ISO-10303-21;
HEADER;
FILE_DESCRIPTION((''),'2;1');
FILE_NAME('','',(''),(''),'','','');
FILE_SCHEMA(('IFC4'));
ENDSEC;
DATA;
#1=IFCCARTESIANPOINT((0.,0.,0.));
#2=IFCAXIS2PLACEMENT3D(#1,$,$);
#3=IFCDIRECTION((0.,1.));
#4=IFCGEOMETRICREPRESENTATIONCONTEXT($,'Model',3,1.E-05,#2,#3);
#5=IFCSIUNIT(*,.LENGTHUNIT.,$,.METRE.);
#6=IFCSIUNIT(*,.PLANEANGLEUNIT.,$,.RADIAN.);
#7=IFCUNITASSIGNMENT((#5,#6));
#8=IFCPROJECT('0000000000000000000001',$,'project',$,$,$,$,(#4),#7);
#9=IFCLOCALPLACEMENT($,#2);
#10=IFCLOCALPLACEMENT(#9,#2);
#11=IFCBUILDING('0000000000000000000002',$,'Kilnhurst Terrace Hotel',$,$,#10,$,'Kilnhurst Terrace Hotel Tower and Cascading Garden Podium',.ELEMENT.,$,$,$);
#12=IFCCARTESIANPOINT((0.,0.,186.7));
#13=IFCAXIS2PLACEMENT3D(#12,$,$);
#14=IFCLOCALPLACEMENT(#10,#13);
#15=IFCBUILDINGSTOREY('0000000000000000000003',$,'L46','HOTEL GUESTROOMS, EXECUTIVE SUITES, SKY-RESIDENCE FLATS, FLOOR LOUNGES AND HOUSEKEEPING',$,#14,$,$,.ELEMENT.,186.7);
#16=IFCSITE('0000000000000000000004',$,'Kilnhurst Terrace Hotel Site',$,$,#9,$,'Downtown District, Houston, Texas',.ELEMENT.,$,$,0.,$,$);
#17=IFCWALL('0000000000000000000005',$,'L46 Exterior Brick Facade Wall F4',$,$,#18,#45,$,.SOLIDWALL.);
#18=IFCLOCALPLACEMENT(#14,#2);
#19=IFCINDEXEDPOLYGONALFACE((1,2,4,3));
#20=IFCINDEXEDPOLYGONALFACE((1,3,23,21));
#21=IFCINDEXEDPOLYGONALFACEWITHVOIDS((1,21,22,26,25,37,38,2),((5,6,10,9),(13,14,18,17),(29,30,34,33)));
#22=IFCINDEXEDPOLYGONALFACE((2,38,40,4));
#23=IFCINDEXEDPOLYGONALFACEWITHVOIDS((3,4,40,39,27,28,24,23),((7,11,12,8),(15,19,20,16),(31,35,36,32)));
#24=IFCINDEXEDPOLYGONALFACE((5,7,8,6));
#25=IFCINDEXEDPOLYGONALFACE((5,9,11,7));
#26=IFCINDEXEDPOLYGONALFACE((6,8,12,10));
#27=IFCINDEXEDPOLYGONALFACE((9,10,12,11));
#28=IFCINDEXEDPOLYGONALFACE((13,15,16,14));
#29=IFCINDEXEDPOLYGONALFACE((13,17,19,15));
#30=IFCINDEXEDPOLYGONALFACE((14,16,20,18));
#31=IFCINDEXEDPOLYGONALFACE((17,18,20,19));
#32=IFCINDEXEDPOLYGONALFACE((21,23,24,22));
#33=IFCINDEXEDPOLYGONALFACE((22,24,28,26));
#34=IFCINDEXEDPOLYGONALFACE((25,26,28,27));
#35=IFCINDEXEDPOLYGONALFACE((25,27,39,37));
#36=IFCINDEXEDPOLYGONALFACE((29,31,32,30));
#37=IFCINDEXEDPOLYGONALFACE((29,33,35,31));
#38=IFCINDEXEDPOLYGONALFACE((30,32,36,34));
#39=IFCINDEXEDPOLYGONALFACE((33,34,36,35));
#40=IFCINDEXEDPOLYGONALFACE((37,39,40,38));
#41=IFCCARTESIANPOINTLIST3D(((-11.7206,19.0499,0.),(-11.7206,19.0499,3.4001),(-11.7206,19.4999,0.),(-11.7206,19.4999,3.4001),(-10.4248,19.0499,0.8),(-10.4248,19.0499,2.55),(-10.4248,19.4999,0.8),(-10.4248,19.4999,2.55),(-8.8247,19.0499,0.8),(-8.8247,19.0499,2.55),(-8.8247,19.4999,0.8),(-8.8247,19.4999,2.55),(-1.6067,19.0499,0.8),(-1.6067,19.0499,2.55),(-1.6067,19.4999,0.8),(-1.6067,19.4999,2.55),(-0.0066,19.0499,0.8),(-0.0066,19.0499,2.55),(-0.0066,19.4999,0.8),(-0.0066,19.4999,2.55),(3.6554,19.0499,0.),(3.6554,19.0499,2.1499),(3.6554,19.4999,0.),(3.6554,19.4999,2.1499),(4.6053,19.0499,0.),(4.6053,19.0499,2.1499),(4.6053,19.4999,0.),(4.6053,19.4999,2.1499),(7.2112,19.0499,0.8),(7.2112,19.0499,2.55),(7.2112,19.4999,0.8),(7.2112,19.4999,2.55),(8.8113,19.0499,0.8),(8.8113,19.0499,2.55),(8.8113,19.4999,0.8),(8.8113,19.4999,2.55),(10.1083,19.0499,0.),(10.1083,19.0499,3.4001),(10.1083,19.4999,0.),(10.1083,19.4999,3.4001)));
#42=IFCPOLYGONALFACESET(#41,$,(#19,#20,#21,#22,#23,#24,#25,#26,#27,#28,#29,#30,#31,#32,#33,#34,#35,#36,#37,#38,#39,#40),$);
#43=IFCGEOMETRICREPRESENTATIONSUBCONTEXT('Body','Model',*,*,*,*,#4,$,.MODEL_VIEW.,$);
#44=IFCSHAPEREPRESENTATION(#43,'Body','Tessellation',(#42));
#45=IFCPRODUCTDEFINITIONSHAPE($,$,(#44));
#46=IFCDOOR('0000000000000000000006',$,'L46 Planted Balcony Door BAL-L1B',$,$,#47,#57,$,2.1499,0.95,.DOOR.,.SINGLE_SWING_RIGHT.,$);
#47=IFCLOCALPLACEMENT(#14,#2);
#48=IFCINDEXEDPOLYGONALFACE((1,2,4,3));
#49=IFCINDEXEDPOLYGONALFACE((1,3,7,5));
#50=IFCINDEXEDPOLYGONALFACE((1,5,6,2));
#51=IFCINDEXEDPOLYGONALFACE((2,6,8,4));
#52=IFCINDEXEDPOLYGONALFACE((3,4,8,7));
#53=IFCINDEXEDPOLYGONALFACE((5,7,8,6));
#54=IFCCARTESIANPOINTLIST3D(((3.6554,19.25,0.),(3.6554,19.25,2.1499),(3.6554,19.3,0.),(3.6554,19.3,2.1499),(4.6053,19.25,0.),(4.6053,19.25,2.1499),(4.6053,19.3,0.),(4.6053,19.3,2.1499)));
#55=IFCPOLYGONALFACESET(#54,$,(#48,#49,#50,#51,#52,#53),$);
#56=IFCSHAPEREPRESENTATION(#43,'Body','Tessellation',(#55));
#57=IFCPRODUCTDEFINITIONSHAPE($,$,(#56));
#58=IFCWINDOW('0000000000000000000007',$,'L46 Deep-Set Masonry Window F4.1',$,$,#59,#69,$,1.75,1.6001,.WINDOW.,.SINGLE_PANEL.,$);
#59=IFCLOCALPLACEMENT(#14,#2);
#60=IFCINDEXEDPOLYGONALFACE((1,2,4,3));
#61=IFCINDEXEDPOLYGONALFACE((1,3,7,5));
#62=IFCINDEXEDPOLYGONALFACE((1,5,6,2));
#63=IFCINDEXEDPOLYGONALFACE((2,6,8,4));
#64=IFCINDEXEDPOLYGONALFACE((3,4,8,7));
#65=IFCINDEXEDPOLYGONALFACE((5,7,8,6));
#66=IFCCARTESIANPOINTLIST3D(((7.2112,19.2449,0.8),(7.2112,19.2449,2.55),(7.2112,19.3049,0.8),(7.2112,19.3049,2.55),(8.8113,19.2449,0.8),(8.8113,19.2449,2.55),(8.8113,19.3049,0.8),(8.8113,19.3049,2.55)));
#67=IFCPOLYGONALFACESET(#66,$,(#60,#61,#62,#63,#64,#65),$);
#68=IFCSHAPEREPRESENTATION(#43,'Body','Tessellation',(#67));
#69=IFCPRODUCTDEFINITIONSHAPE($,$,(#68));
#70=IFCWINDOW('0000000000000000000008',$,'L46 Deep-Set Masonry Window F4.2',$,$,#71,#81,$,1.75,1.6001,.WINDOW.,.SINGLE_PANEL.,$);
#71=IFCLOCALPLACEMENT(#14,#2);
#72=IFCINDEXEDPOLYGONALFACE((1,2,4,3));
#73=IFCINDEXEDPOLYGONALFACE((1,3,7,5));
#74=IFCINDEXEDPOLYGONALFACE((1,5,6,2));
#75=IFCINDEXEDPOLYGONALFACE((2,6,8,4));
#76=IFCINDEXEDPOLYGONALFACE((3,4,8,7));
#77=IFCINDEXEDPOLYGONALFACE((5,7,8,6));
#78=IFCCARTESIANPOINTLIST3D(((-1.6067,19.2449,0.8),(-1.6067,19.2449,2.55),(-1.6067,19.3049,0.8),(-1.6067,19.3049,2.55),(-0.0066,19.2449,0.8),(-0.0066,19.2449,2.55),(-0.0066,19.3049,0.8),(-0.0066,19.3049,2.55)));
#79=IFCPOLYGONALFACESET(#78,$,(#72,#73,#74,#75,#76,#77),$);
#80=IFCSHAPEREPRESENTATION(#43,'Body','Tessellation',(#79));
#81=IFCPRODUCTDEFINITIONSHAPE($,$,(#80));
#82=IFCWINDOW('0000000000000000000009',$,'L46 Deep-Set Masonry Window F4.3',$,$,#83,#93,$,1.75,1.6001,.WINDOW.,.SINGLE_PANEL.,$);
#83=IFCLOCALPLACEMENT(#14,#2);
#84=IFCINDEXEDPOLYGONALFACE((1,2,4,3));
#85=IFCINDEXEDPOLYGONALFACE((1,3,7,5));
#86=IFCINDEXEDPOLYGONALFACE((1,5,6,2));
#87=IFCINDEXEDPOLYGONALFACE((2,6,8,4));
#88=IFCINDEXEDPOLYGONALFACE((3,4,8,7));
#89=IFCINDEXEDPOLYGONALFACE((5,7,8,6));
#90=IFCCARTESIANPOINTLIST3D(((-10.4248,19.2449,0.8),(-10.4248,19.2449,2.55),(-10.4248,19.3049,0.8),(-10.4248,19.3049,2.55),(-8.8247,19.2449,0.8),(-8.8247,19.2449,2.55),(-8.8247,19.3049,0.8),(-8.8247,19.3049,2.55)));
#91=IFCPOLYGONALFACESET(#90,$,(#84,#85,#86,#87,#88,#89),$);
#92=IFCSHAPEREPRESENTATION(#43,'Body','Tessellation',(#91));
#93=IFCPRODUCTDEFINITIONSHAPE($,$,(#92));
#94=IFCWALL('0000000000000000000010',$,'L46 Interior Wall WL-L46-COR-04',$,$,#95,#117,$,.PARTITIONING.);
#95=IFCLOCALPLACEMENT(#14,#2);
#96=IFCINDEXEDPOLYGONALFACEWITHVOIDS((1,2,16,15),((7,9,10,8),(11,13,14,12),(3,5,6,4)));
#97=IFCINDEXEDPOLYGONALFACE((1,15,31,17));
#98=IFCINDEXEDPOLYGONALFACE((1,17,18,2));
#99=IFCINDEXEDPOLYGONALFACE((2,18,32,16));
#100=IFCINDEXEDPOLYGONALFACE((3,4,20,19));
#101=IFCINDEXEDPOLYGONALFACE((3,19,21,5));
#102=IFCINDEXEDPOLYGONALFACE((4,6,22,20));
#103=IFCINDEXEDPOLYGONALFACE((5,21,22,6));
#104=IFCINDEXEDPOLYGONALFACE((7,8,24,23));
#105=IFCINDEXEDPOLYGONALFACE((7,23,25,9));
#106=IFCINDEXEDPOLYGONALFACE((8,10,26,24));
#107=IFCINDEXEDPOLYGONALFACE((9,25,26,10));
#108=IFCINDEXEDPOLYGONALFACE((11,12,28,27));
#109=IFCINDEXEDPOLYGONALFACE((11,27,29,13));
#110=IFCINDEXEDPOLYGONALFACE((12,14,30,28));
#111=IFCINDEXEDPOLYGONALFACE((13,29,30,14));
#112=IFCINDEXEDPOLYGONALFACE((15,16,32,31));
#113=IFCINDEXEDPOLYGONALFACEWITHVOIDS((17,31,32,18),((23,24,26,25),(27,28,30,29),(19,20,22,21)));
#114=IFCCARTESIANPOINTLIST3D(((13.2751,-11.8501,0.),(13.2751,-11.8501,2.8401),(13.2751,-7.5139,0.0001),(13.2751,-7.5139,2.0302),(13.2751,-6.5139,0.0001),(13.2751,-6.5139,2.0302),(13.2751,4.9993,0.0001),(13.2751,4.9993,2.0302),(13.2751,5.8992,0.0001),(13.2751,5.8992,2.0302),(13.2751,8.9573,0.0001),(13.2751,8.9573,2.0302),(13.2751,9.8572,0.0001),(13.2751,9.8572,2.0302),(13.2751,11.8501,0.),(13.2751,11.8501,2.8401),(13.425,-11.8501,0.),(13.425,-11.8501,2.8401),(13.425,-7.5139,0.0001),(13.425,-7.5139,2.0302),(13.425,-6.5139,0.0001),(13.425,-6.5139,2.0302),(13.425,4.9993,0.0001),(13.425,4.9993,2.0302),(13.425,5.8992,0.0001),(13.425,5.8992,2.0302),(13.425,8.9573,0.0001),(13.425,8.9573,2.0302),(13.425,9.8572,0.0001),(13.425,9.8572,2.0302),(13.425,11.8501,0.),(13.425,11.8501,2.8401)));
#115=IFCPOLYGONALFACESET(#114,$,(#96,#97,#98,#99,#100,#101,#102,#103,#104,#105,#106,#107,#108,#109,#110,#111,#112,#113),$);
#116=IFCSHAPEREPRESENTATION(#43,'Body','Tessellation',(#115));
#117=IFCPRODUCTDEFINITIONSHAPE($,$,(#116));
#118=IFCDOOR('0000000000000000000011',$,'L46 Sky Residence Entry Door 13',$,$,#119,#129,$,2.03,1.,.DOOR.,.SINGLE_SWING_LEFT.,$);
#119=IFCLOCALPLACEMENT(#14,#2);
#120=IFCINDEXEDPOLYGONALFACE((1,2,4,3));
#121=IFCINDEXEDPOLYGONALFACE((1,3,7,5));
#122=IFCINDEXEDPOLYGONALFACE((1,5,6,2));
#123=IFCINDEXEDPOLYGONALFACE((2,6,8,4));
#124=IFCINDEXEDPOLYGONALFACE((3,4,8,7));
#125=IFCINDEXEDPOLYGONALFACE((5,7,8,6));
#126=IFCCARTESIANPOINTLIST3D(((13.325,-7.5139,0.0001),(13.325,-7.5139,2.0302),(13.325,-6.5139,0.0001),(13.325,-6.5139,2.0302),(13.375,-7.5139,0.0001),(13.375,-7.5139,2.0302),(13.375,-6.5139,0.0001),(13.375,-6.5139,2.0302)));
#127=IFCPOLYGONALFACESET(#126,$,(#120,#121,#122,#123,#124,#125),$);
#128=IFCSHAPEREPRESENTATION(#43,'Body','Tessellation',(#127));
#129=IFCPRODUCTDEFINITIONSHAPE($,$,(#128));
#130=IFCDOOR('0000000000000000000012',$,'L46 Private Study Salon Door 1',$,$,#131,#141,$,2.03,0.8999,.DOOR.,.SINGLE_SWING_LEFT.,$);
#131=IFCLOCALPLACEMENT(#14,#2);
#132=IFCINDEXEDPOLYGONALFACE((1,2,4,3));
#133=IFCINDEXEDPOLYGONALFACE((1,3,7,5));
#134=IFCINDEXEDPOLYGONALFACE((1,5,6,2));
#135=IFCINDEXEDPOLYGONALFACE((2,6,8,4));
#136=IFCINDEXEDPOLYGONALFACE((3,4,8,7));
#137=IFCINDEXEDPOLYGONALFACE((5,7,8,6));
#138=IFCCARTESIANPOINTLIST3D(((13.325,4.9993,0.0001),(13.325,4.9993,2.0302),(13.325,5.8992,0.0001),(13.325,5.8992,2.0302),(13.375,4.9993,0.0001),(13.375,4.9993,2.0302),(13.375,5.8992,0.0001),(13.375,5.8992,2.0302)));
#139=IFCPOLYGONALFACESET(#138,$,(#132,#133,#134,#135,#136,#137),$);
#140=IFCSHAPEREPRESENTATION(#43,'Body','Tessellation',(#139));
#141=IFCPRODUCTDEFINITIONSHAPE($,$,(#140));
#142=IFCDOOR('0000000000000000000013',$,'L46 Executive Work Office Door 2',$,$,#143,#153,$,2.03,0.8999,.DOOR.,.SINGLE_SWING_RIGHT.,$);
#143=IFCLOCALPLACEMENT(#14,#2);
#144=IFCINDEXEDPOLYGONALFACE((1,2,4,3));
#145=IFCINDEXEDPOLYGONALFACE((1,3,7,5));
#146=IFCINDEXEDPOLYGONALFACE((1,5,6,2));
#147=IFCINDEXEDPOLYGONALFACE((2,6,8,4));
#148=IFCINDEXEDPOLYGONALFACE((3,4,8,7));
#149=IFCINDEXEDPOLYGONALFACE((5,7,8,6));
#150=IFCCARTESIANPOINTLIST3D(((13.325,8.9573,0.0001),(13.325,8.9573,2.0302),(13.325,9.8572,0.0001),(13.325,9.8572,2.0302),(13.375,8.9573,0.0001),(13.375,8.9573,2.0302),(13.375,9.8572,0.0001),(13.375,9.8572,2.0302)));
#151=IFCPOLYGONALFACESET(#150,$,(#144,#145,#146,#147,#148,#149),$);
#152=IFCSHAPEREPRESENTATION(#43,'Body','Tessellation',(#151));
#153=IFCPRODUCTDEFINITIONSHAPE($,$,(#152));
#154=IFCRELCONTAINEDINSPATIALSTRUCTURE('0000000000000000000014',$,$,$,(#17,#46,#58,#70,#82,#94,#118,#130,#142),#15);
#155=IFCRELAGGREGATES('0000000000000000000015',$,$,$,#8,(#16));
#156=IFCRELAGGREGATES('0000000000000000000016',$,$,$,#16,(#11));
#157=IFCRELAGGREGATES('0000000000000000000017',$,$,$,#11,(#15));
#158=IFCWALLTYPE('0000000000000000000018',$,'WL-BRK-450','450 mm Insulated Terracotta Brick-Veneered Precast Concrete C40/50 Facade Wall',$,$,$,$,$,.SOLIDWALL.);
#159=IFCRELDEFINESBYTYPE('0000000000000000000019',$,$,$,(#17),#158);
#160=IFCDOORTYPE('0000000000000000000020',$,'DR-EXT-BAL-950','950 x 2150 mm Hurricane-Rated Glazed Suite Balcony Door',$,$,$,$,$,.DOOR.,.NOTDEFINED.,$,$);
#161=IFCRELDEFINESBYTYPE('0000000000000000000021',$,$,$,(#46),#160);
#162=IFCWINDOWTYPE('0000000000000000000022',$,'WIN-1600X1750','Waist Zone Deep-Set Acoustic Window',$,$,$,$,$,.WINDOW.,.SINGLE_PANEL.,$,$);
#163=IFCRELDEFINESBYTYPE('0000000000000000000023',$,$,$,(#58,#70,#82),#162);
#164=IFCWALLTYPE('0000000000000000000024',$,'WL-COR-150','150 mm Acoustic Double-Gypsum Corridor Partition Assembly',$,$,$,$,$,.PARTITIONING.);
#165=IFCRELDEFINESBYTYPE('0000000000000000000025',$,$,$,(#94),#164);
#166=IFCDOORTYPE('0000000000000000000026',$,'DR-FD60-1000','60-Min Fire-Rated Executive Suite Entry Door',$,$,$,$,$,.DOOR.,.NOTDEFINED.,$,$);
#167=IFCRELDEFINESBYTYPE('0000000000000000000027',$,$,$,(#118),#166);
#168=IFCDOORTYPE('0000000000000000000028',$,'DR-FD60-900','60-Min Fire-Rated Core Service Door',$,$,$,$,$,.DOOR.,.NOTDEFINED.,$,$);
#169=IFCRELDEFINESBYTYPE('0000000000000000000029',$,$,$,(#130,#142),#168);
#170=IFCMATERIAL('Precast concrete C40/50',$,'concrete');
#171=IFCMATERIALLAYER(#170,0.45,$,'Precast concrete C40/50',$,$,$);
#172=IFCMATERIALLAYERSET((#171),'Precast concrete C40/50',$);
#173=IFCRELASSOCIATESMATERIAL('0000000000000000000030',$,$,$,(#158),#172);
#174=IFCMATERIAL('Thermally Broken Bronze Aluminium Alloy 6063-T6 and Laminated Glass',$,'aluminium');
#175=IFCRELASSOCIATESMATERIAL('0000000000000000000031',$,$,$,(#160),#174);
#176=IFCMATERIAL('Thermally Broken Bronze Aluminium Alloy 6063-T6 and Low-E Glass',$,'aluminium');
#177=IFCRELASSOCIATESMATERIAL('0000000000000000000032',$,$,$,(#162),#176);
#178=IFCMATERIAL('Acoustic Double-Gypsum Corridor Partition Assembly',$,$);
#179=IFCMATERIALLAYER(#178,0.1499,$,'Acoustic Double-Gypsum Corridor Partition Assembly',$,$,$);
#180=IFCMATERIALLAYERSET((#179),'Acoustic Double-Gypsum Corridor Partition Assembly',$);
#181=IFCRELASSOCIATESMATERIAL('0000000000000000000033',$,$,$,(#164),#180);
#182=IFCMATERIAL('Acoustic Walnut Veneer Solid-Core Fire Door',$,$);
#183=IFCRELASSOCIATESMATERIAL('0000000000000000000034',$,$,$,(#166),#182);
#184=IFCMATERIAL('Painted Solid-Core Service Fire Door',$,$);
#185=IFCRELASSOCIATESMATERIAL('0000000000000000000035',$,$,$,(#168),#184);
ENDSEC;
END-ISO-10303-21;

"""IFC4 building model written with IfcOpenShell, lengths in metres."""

from ifc_helpers import new_model, si_unit, direction, frame, frame_2d, origin, place, context, subcontext, project, spatial, rectangle, extrude, material, layer, layer_set, type_object, element, fill, save


model = new_model("IFC4")

# Units and contexts
model_context = context("Model", 3, precision=1e-05, world=origin(), true_north=direction((0.0, 1.0)))
body_context = subcontext(model_context, "Body", "Model", "MODEL_VIEW")
ifc_project = project(units=[si_unit("LENGTHUNIT", "METRE"), si_unit("PLANEANGLEUNIT", "RADIAN")], contexts=[model_context])

# Site, building, storey
site_placement = place(None, origin())
site = spatial("IfcSite", under=ifc_project, at=site_placement, Name="Kilnhurst Terrace Hotel Site", LongName="Downtown District, Houston, Texas", CompositionType="ELEMENT", RefElevation=0.0)
building_placement = place(site_placement, origin())
building = spatial("IfcBuilding", under=site, at=building_placement, Name="Kilnhurst Terrace Hotel", LongName="Kilnhurst Terrace Hotel Tower and Cascading Garden Podium", CompositionType="ELEMENT")
storey_placement = place(building_placement, frame((0.0, 0.0, 186.7)))
storey = spatial("IfcBuildingStorey", under=building, at=storey_placement, Name="L46", Description="HOTEL GUESTROOMS, EXECUTIVE SUITES, SKY-RESIDENCE FLATS, FLOOR LOUNGES AND HOUSEKEEPING", CompositionType="ELEMENT", Elevation=186.7)

# Shared definitions
ifc_material_1 = material(Name="Precast concrete C40/50", Category="concrete")
ifc_layer_1 = layer(ifc_material_1, 0.45, Name="Precast concrete C40/50")
ifc_layer_set_1 = layer_set([ifc_layer_1], Name="Precast concrete C40/50")
wall_type_1 = type_object("IfcWallType", Name="WL-BRK-450", Description="450 mm Insulated Terracotta Brick-Veneered Precast Concrete C40/50 Facade Wall", PredefinedType="SOLIDWALL", material=ifc_layer_set_1)

# Wall, openings, door, windows
wall_1_placement = place(storey_placement, frame((10.1084, 19.2749, 0.0), z_axis=(0.0, 0.0, 1.0), x_axis=(-1.0, 0.0, 0.0)))
wall_1 = element("IfcWall", 1, at=wall_1_placement, inside=storey, type_object=wall_type_1, Name="L46 Exterior Brick Facade Wall F4", PredefinedType="SOLIDWALL", context=body_context, shape_type="SweptSolid", body=[
    extrude(rectangle(XDim=21.8289, YDim=0.45, at=frame_2d((10.9146, 0.0))), origin(), (0.0, 0.0, 1.0), 3.4001),
])
opening_1_placement = place(wall_1_placement, frame((5.5029, 0.0, 0.0)))
opening_1 = element("IfcOpeningElement", 2, at=opening_1_placement, cuts=wall_1, PredefinedType="OPENING", context=body_context, shape_type="SweptSolid", body=[
    extrude(rectangle(XDim=0.95, YDim=2.1499, at=frame_2d((0.4751, 1.075))), frame((0.0, 0.2349, 0.0), z_axis=(0.0, -1.0, 0.0), x_axis=(1.0, 0.0, 0.0)), (0.0, 0.0, 1.0), 0.47),
])
opening_2_placement = place(wall_1_placement, frame((1.2971, 0.0, 0.8)))
opening_2 = element("IfcOpeningElement", 3, at=opening_2_placement, cuts=wall_1, PredefinedType="OPENING", context=body_context, shape_type="SweptSolid", body=[
    extrude(rectangle(XDim=1.6001, YDim=1.75, at=frame_2d((0.8, 0.875))), frame((0.0, 0.2349, 0.0), z_axis=(0.0, -1.0, 0.0), x_axis=(1.0, 0.0, 0.0)), (0.0, 0.0, 1.0), 0.47),
])
opening_3_placement = place(wall_1_placement, frame((10.115, 0.0, 0.8)))
opening_3 = element("IfcOpeningElement", 4, at=opening_3_placement, cuts=wall_1, PredefinedType="OPENING", context=body_context, shape_type="SweptSolid", body=[
    extrude(rectangle(XDim=1.6001, YDim=1.75, at=frame_2d((0.8, 0.875))), frame((0.0, 0.2349, 0.0), z_axis=(0.0, -1.0, 0.0), x_axis=(1.0, 0.0, 0.0)), (0.0, 0.0, 1.0), 0.47),
])
opening_4_placement = place(wall_1_placement, frame((18.9331, 0.0, 0.8)))
opening_4 = element("IfcOpeningElement", 5, at=opening_4_placement, cuts=wall_1, PredefinedType="OPENING", context=body_context, shape_type="SweptSolid", body=[
    extrude(rectangle(XDim=1.6001, YDim=1.75, at=frame_2d((0.8, 0.875))), frame((0.0, 0.2349, 0.0), z_axis=(0.0, -1.0, 0.0), x_axis=(1.0, 0.0, 0.0)), (0.0, 0.0, 1.0), 0.47),
])
ifc_material_2 = material(Name="Thermally Broken Bronze Aluminium Alloy 6063-T6 and Laminated Glass", Category="aluminium")
door_type_1 = type_object("IfcDoorType", Name="DR-EXT-BAL-950", Description="950 x 2150 mm Hurricane-Rated Glazed Suite Balcony Door", OperationType="NOTDEFINED", PredefinedType="DOOR", material=ifc_material_2)
door_1_placement = place(opening_1_placement, origin())
door_1 = element("IfcDoor", 6, at=door_1_placement, inside=storey, type_object=door_type_1, Name="L46 Planted Balcony Door BAL-L1B", OperationType="SINGLE_SWING_RIGHT", OverallHeight=2.1499, OverallWidth=0.95, PredefinedType="DOOR", context=body_context, shape_type="SweptSolid", body=[
    extrude(rectangle(XDim=0.95, YDim=2.1499, at=frame_2d((0.4751, 1.075))), frame((0.0, 0.0249, 0.0), z_axis=(0.0, -1.0, 0.0), x_axis=(1.0, 0.0, 0.0)), (0.0, 0.0, 1.0), 0.05),
])
fill(opening_1, door_1)
ifc_material_3 = material(Name="Thermally Broken Bronze Aluminium Alloy 6063-T6 and Low-E Glass", Category="aluminium")
window_type = type_object("IfcWindowType", Name="WIN-1600X1750", Description="Waist Zone Deep-Set Acoustic Window", PartitioningType="SINGLE_PANEL", PredefinedType="WINDOW", material=ifc_material_3)
window_1_placement = place(opening_2_placement, origin())
window_1 = element("IfcWindow", 7, at=window_1_placement, inside=storey, type_object=window_type, Name="L46 Deep-Set Masonry Window F4.1", OverallHeight=1.75, OverallWidth=1.6001, PartitioningType="SINGLE_PANEL", PredefinedType="WINDOW", context=body_context, shape_type="SweptSolid", body=[
    extrude(rectangle(XDim=1.6001, YDim=1.75, at=frame_2d((0.8, 0.875))), frame((0.0, 0.03, 0.0), z_axis=(0.0, -1.0, 0.0), x_axis=(1.0, 0.0, 0.0)), (0.0, 0.0, 1.0), 0.0601),
])
fill(opening_2, window_1)
window_2_placement = place(opening_3_placement, origin())
window_2 = element("IfcWindow", 8, at=window_2_placement, inside=storey, type_object=window_type, Name="L46 Deep-Set Masonry Window F4.2", OverallHeight=1.75, OverallWidth=1.6001, PartitioningType="SINGLE_PANEL", PredefinedType="WINDOW", context=body_context, shape_type="SweptSolid", body=[
    extrude(rectangle(XDim=1.6001, YDim=1.75, at=frame_2d((0.8, 0.875))), frame((0.0, 0.03, 0.0), z_axis=(0.0, -1.0, 0.0), x_axis=(1.0, 0.0, 0.0)), (0.0, 0.0, 1.0), 0.0601),
])
fill(opening_3, window_2)
window_3_placement = place(opening_4_placement, origin())
window_3 = element("IfcWindow", 9, at=window_3_placement, inside=storey, type_object=window_type, Name="L46 Deep-Set Masonry Window F4.3", OverallHeight=1.75, OverallWidth=1.6001, PartitioningType="SINGLE_PANEL", PredefinedType="WINDOW", context=body_context, shape_type="SweptSolid", body=[
    extrude(rectangle(XDim=1.6001, YDim=1.75, at=frame_2d((0.8, 0.875))), frame((0.0, 0.03, 0.0), z_axis=(0.0, -1.0, 0.0), x_axis=(1.0, 0.0, 0.0)), (0.0, 0.0, 1.0), 0.0601),
])
fill(opening_4, window_3)

# Wall, openings, doors
ifc_material_4 = material(Name="Acoustic Double-Gypsum Corridor Partition Assembly")
ifc_layer_2 = layer(ifc_material_4, 0.1499, Name="Acoustic Double-Gypsum Corridor Partition Assembly")
ifc_layer_set_2 = layer_set([ifc_layer_2], Name="Acoustic Double-Gypsum Corridor Partition Assembly")
wall_type_2 = type_object("IfcWallType", Name="WL-COR-150", Description="150 mm Acoustic Double-Gypsum Corridor Partition Assembly", PredefinedType="PARTITIONING", material=ifc_layer_set_2)
wall_2_placement = place(storey_placement, frame((13.3501, 11.8501, 0.0), z_axis=(0.0, 0.0, 1.0), x_axis=(0.0, -1.0, 0.0)))
wall_2 = element("IfcWall", 10, at=wall_2_placement, inside=storey, type_object=wall_type_2, Name="L46 Interior Wall WL-L46-COR-04", PredefinedType="PARTITIONING", context=body_context, shape_type="SweptSolid", body=[
    extrude(rectangle(XDim=23.7002, YDim=0.1499, at=frame_2d((11.8501, 0.0))), origin(), (0.0, 0.0, 1.0), 2.8401),
])
opening_5_placement = place(wall_2_placement, frame((5.9509, 0.0, 0.0)))
opening_5 = element("IfcOpeningElement", 11, at=opening_5_placement, cuts=wall_2, PredefinedType="OPENING", context=body_context, shape_type="SweptSolid", body=[
    extrude(rectangle(XDim=0.8999, YDim=2.03, at=frame_2d((0.45, 1.0151))), frame((0.0, 0.085, 0.0), z_axis=(0.0, -1.0, 0.0), x_axis=(1.0, 0.0, 0.0)), (0.0, 0.0, 1.0), 0.1699),
])
opening_6_placement = place(wall_2_placement, frame((1.9929, 0.0, 0.0)))
opening_6 = element("IfcOpeningElement", 12, at=opening_6_placement, cuts=wall_2, PredefinedType="OPENING", context=body_context, shape_type="SweptSolid", body=[
    extrude(rectangle(XDim=0.8999, YDim=2.03, at=frame_2d((0.45, 1.0151))), frame((0.0, 0.085, 0.0), z_axis=(0.0, -1.0, 0.0), x_axis=(1.0, 0.0, 0.0)), (0.0, 0.0, 1.0), 0.1699),
])
opening_7_placement = place(wall_2_placement, frame((18.364, 0.0, 0.0)))
opening_7 = element("IfcOpeningElement", 13, at=opening_7_placement, cuts=wall_2, PredefinedType="OPENING", context=body_context, shape_type="SweptSolid", body=[
    extrude(rectangle(XDim=1.0, YDim=2.03, at=frame_2d((0.5, 1.0151))), frame((0.0, 0.085, 0.0), z_axis=(0.0, -1.0, 0.0), x_axis=(1.0, 0.0, 0.0)), (0.0, 0.0, 1.0), 0.1699),
])
ifc_material_5 = material(Name="Acoustic Walnut Veneer Solid-Core Fire Door")
door_type_2 = type_object("IfcDoorType", Name="DR-FD60-1000", Description="60-Min Fire-Rated Executive Suite Entry Door", OperationType="NOTDEFINED", PredefinedType="DOOR", material=ifc_material_5)
door_2_placement = place(opening_7_placement, origin())
door_2 = element("IfcDoor", 14, at=door_2_placement, inside=storey, type_object=door_type_2, Name="L46 Sky Residence Entry Door 13", OperationType="SINGLE_SWING_LEFT", OverallHeight=2.03, OverallWidth=1.0, PredefinedType="DOOR", context=body_context, shape_type="SweptSolid", body=[
    extrude(rectangle(XDim=1.0, YDim=2.03, at=frame_2d((0.5, 1.0151))), frame((0.0, 0.0249, 0.0), z_axis=(0.0, -1.0, 0.0), x_axis=(1.0, 0.0, 0.0)), (0.0, 0.0, 1.0), 0.05),
])
fill(opening_7, door_2)
ifc_material_6 = material(Name="Painted Solid-Core Service Fire Door")
door_type_3 = type_object("IfcDoorType", Name="DR-FD60-900", Description="60-Min Fire-Rated Core Service Door", OperationType="NOTDEFINED", PredefinedType="DOOR", material=ifc_material_6)
door_3_placement = place(opening_5_placement, origin())
door_3 = element("IfcDoor", 15, at=door_3_placement, inside=storey, type_object=door_type_3, Name="L46 Private Study Salon Door 1", OperationType="SINGLE_SWING_LEFT", OverallHeight=2.03, OverallWidth=0.8999, PredefinedType="DOOR", context=body_context, shape_type="SweptSolid", body=[
    extrude(rectangle(XDim=0.8999, YDim=2.03, at=frame_2d((0.45, 1.0151))), frame((0.0, 0.0249, 0.0), z_axis=(0.0, -1.0, 0.0), x_axis=(1.0, 0.0, 0.0)), (0.0, 0.0, 1.0), 0.05),
])
fill(opening_5, door_3)
door_4_placement = place(opening_6_placement, origin())
door_4 = element("IfcDoor", 16, at=door_4_placement, inside=storey, type_object=door_type_3, Name="L46 Executive Work Office Door 2", OperationType="SINGLE_SWING_RIGHT", OverallHeight=2.03, OverallWidth=0.8999, PredefinedType="DOOR", context=body_context, shape_type="SweptSolid", body=[
    extrude(rectangle(XDim=0.8999, YDim=2.03, at=frame_2d((0.45, 1.0151))), frame((0.0, 0.0249, 0.0), z_axis=(0.0, -1.0, 0.0), x_axis=(1.0, 0.0, 0.0)), (0.0, 0.0, 1.0), 0.05),
])
fill(opening_6, door_4)

save(model, "model.ifc")
